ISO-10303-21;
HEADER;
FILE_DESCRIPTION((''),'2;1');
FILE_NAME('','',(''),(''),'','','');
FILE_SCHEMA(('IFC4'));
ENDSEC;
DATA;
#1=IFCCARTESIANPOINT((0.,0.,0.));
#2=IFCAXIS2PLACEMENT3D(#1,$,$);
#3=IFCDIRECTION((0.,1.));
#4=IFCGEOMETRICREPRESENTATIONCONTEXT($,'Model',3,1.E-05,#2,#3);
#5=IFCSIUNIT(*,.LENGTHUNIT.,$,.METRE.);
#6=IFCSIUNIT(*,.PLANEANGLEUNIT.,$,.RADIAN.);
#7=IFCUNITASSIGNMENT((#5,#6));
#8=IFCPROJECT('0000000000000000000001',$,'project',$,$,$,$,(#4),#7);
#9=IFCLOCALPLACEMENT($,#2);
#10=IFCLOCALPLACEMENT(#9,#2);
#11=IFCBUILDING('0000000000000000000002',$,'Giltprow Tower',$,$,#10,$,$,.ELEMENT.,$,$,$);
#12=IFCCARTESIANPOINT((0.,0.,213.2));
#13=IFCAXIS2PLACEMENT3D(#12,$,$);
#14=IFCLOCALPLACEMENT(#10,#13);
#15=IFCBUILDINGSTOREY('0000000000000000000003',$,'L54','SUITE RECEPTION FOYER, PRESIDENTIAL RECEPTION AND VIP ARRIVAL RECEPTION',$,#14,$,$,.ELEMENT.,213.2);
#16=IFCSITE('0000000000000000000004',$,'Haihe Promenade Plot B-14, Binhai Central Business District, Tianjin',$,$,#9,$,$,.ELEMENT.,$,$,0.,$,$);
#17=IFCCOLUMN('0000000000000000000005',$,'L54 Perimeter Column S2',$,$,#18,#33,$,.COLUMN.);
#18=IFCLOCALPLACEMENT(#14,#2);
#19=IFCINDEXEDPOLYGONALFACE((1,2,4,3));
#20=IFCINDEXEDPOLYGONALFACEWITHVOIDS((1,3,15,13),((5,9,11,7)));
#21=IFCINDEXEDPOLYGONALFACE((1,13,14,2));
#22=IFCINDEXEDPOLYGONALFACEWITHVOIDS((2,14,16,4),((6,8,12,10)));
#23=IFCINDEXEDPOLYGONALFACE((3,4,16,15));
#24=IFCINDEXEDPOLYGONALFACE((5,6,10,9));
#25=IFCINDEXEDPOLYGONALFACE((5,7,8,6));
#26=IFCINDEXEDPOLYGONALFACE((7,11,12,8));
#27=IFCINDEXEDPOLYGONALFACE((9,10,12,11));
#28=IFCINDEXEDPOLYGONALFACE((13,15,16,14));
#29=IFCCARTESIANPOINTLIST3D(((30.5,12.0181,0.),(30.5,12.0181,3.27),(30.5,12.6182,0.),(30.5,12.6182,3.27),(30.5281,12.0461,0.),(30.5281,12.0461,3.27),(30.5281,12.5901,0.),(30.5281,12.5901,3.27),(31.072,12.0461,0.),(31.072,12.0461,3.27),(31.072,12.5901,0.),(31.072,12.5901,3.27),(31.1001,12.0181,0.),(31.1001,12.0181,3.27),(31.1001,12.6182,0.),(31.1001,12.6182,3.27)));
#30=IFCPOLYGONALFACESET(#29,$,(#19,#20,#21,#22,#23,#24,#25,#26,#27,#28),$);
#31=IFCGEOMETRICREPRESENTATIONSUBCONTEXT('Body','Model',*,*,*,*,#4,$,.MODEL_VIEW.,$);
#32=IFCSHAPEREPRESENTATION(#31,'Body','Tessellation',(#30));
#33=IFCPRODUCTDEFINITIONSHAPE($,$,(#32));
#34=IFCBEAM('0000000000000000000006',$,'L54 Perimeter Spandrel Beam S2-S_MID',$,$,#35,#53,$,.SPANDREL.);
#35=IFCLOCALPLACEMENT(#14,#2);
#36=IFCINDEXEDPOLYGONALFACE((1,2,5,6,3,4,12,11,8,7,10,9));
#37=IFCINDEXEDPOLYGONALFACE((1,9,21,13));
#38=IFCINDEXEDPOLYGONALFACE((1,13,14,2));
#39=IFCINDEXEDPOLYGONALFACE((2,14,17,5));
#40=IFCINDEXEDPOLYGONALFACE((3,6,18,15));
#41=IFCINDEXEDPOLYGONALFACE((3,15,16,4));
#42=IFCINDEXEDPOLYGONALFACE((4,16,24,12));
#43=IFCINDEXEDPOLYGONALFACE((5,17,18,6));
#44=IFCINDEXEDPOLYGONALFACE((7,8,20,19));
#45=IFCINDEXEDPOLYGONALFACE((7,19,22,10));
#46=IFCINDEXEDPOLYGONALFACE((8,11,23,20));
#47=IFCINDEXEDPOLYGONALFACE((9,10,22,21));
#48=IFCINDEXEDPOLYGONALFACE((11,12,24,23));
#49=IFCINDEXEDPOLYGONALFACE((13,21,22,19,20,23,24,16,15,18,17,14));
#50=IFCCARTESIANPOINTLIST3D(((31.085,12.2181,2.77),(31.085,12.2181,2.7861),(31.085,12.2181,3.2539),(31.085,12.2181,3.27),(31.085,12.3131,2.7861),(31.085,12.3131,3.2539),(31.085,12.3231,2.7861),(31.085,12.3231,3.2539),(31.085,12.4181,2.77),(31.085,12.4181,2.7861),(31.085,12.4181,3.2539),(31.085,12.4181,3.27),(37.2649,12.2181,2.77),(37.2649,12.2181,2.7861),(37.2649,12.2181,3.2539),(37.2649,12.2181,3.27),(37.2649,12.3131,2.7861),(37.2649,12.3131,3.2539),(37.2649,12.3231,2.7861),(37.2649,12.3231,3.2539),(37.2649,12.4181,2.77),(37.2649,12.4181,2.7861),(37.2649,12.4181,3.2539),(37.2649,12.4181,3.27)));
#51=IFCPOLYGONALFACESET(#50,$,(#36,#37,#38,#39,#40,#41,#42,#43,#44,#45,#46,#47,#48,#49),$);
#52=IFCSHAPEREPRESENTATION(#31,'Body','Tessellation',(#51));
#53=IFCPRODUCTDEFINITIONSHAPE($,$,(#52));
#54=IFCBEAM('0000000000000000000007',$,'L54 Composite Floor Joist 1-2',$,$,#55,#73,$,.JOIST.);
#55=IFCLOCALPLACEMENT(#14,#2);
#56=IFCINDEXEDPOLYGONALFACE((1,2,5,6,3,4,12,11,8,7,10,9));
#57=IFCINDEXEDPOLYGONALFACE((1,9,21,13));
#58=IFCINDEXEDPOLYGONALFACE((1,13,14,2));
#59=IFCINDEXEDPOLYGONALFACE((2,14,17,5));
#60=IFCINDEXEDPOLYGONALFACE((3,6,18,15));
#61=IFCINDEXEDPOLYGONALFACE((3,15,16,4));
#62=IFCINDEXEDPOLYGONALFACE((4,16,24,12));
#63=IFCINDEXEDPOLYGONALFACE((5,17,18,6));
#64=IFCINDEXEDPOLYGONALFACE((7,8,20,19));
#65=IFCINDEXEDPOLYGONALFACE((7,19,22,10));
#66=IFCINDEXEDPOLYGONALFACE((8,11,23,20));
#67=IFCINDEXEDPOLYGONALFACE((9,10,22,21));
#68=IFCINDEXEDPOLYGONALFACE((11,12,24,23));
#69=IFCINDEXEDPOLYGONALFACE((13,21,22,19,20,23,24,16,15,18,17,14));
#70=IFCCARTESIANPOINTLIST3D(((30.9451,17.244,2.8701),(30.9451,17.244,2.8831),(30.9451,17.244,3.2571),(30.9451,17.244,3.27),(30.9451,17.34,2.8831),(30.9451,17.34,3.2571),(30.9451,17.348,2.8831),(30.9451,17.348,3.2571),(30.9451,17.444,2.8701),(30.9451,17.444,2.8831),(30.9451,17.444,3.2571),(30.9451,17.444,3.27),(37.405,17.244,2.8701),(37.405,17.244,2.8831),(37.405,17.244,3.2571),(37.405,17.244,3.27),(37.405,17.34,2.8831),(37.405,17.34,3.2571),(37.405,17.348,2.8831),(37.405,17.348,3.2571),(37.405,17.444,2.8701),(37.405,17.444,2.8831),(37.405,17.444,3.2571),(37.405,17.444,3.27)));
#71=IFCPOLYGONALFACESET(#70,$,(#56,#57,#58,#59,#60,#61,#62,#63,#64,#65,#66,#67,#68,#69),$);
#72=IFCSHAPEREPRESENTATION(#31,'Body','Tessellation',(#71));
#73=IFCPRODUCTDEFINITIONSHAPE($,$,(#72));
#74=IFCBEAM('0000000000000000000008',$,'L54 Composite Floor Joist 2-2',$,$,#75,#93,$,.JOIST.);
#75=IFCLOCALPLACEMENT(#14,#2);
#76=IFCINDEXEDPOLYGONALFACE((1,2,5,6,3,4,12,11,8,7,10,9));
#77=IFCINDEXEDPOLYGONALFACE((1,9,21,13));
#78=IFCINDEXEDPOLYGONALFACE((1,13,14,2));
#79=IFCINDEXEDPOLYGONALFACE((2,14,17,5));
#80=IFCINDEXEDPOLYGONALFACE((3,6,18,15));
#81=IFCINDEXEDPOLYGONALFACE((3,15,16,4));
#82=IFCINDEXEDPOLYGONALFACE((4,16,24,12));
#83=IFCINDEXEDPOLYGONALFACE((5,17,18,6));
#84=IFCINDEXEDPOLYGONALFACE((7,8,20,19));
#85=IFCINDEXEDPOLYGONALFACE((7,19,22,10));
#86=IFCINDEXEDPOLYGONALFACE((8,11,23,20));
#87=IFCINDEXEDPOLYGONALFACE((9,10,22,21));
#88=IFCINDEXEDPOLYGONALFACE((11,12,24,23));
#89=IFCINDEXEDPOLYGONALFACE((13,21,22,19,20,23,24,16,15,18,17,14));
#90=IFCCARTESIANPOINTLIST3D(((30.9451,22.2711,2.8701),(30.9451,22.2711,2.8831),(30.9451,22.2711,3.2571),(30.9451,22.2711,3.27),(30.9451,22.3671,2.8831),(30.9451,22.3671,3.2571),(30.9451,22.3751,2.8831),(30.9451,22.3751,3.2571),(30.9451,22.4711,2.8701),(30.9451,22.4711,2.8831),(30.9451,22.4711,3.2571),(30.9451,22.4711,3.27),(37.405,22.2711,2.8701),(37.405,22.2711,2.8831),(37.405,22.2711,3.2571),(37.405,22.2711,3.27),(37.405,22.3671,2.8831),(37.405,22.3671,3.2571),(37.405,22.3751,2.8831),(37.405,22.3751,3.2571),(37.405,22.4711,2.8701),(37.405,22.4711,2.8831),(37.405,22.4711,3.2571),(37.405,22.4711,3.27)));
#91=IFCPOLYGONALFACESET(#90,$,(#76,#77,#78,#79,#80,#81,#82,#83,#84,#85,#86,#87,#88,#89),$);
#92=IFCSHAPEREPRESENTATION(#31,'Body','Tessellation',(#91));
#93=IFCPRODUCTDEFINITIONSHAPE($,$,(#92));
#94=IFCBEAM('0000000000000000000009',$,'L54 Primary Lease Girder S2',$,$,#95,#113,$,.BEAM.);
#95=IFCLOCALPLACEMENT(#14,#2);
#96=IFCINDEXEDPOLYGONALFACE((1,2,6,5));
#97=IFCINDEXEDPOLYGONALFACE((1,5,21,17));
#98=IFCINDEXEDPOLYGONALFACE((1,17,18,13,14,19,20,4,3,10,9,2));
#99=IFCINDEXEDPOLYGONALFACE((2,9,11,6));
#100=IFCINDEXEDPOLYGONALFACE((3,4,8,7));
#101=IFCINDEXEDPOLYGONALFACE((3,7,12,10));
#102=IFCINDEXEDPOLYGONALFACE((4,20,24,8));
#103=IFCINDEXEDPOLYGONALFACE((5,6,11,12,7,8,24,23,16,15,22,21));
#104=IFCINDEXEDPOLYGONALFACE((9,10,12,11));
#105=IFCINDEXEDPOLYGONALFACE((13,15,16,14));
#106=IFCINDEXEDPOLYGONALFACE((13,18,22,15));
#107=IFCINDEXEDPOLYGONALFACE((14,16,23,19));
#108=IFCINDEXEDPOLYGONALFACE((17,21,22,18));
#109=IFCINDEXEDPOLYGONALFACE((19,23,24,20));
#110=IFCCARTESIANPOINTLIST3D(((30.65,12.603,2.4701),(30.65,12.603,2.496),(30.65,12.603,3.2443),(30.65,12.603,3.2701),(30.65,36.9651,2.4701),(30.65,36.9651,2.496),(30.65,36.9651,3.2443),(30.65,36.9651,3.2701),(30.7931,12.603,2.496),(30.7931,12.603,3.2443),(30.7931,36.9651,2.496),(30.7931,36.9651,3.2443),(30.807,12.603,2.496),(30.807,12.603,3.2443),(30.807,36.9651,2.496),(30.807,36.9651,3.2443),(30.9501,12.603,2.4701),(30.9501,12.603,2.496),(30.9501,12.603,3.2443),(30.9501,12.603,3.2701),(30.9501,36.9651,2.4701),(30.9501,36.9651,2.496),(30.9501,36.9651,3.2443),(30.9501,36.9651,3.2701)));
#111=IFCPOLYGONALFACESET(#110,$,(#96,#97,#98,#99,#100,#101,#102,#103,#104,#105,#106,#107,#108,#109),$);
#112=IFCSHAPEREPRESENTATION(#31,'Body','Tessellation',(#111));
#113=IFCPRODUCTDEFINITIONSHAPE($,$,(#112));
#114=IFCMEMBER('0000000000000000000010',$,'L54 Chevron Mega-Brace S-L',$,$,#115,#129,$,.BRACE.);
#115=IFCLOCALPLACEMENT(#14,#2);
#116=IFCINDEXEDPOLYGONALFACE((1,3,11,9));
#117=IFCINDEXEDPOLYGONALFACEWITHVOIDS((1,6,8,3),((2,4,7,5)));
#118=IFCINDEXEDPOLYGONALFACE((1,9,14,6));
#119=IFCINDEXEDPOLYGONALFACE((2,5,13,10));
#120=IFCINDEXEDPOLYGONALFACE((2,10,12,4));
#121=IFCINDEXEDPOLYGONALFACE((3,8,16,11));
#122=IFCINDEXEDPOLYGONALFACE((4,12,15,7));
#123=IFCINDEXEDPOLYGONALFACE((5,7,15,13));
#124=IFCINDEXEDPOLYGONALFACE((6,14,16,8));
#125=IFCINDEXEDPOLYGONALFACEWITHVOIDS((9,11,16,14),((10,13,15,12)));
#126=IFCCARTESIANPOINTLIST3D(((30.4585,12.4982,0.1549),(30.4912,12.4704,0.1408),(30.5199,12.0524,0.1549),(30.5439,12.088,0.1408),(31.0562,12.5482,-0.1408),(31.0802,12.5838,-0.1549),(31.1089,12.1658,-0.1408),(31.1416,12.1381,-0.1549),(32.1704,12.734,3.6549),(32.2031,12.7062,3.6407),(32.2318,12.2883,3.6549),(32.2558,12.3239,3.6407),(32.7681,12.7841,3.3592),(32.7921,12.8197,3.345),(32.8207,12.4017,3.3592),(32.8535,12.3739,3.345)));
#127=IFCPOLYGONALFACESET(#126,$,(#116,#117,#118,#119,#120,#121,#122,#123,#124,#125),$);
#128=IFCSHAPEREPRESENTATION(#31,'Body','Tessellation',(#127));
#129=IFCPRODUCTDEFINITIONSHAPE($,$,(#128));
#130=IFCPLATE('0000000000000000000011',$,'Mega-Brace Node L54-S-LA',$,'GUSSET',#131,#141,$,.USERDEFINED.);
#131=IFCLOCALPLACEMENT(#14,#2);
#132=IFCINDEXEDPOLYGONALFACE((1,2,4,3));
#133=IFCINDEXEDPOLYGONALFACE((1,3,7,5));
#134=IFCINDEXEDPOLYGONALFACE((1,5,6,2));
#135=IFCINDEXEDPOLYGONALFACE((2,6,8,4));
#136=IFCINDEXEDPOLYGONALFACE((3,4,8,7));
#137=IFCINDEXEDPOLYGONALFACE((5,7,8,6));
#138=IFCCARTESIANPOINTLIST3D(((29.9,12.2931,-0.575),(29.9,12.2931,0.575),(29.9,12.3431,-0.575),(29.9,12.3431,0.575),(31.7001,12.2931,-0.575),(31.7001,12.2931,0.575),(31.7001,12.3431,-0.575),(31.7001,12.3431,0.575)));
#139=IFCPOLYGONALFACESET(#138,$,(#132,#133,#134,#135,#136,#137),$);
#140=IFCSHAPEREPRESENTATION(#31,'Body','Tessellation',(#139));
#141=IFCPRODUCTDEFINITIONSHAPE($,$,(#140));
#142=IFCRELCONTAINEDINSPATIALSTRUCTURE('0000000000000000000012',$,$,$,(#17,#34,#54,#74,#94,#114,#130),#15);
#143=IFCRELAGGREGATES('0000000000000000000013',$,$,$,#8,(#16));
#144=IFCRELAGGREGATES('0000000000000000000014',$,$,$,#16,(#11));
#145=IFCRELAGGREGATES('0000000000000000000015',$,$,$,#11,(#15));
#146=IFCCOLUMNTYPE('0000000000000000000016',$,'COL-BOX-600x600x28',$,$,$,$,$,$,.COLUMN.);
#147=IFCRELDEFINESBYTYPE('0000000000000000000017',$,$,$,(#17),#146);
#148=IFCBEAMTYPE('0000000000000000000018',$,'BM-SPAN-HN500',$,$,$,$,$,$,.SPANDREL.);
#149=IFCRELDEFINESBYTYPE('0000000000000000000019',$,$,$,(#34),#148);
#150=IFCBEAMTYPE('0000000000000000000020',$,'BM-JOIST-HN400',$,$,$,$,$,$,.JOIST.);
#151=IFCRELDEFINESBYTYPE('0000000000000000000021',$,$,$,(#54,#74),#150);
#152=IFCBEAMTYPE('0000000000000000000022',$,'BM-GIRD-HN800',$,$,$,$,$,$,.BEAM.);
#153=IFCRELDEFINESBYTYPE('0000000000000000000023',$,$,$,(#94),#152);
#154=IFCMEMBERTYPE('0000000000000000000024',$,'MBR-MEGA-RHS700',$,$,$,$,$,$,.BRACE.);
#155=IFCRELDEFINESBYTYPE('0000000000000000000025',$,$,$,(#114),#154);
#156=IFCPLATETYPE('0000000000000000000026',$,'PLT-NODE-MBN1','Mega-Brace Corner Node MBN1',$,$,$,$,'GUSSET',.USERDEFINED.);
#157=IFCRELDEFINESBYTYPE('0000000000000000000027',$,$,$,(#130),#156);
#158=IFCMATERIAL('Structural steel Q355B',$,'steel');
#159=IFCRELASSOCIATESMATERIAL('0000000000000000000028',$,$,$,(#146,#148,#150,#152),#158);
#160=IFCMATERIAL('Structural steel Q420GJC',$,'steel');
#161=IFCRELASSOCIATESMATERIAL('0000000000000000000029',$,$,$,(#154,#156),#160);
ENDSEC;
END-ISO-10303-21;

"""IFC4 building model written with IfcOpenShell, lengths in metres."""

from ifc_helpers import new_model, si_unit, direction, frame, origin, origin_2d, place, context, subcontext, project, spatial, rectangle, hollow_rectangle, i_section, extrude, source, transform, mapped, material, material_profile, profile_set, type_object, element, save


model = new_model("IFC4")

# Units and contexts
model_context = context("Model", 3, precision=1e-05, world=origin(), true_north=direction((0.0, 1.0)))
body_context = subcontext(model_context, "Body", "Model", "MODEL_VIEW")
ifc_project = project(units=[si_unit("LENGTHUNIT", "METRE"), si_unit("PLANEANGLEUNIT", "RADIAN")], contexts=[model_context])

# Site, building, storey
site_placement = place(None, origin())
site = spatial("IfcSite", under=ifc_project, at=site_placement, Name="Haihe Promenade Plot B-14, Binhai Central Business District, Tianjin", CompositionType="ELEMENT", RefElevation=0.0)
building_placement = place(site_placement, origin())
building = spatial("IfcBuilding", under=site, at=building_placement, Name="Giltprow Tower", CompositionType="ELEMENT")
storey_placement = place(building_placement, frame((0.0, 0.0, 213.2)))
storey = spatial("IfcBuildingStorey", under=building, at=storey_placement, Name="L54", Description="SUITE RECEPTION FOYER, PRESIDENTIAL RECEPTION AND VIP ARRIVAL RECEPTION", CompositionType="ELEMENT", Elevation=213.2)

# Column
ifc_material_1 = material(Name="Structural steel Q355B", Category="steel")
ifc_material_profile_1 = material_profile(ifc_material_1, hollow_rectangle(XDim=0.6001, YDim=0.6001, WallThickness=0.0281, at=origin_2d()), Name="BOX 600x600x28")
ifc_profile_set_1 = profile_set([ifc_material_profile_1], Name="Structural steel Q355B")
column_type = type_object("IfcColumnType", Name="COL-BOX-600x600x28", PredefinedType="COLUMN", material=ifc_profile_set_1)
shared_shape_1 = source(origin(), body_context, "Body", "SweptSolid", [
    extrude(hollow_rectangle(XDim=0.6001, YDim=0.6001, WallThickness=0.0281, at=origin_2d()), origin(), (0.0, 0.0, 1.0), 3.27),
])
column_placement = place(storey_placement, frame((30.8, 12.3181, 0.0), z_axis=(0.0, 0.0, 1.0), x_axis=(1.0, 0.0, 0.0)))
element("IfcColumn", 1, at=column_placement, inside=storey, type_object=column_type, Name="L54 Perimeter Column S2", PredefinedType="COLUMN", context=body_context, shape_type="MappedRepresentation", body=[
    mapped(shared_shape_1, transform((0.0, 0.0, 0.0), x_axis=(1.0, 0.0, 0.0), y_axis=(0.0, 1.0, 0.0), z_axis=(0.0, 0.0, 1.0), scale=1.0)),
])

# Beams
ifc_material_profile_2 = material_profile(ifc_material_1, i_section(OverallWidth=0.2, OverallDepth=0.5, WebThickness=0.01, FlangeThickness=0.0161, at=origin_2d()), Name="HN 500x200x10x16")
ifc_profile_set_2 = profile_set([ifc_material_profile_2], Name="Structural steel Q355B")
beam_type_1 = type_object("IfcBeamType", Name="BM-SPAN-HN500", PredefinedType="SPANDREL", material=ifc_profile_set_2)
shared_shape_2 = source(origin(), body_context, "Body", "SweptSolid", [
    extrude(i_section(OverallWidth=0.2, OverallDepth=0.5, WebThickness=0.01, FlangeThickness=0.0161, at=origin_2d()), origin(), (0.0, 0.0, 1.0), 6.1799),
])
beam_1_placement = place(storey_placement, frame((31.085, 12.3181, 3.02), z_axis=(1.0, 0.0, 0.0), x_axis=(0.0, 1.0, 0.0)))
element("IfcBeam", 2, at=beam_1_placement, inside=storey, type_object=beam_type_1, Name="L54 Perimeter Spandrel Beam S2-S_MID", PredefinedType="SPANDREL", context=body_context, shape_type="MappedRepresentation", body=[
    mapped(shared_shape_2, transform((0.0, 0.0, 0.0), x_axis=(1.0, 0.0, 0.0), y_axis=(0.0, 1.0, 0.0), z_axis=(0.0, 0.0, 1.0), scale=1.0)),
])
ifc_material_profile_3 = material_profile(ifc_material_1, i_section(OverallWidth=0.2, OverallDepth=0.3999, WebThickness=0.0081, FlangeThickness=0.0129, at=origin_2d()), Name="HN 400x200x8x13")
ifc_profile_set_3 = profile_set([ifc_material_profile_3], Name="Structural steel Q355B")
beam_type_2 = type_object("IfcBeamType", Name="BM-JOIST-HN400", PredefinedType="JOIST", material=ifc_profile_set_3)
shared_shape_3 = source(origin(), body_context, "Body", "SweptSolid", [
    extrude(i_section(OverallWidth=0.2, OverallDepth=0.3999, WebThickness=0.0081, FlangeThickness=0.0129, at=origin_2d()), origin(), (0.0, 0.0, 1.0), 6.46),
])
for number, where, z_axis, x_axis, name in (
    (3, (30.9451, 17.344, 3.0701), (1.0, 0.0, 0.0), (0.0, 1.0, 0.0), "L54 Composite Floor Joist 1-2"),
    (4, (30.9451, 22.3711, 3.0701), (1.0, 0.0, 0.0), (0.0, 1.0, 0.0), "L54 Composite Floor Joist 2-2"),
):
    element("IfcBeam", number, at=place(storey_placement, frame(where, z_axis=z_axis, x_axis=x_axis)), inside=storey, type_object=beam_type_2, Name=name, PredefinedType="JOIST", context=body_context, shape_type="MappedRepresentation", body=[
        mapped(shared_shape_3, transform((0.0, 0.0, 0.0), x_axis=(1.0, 0.0, 0.0), y_axis=(0.0, 1.0, 0.0), z_axis=(0.0, 0.0, 1.0), scale=1.0)),
    ])
ifc_material_profile_4 = material_profile(ifc_material_1, i_section(OverallWidth=0.3, OverallDepth=0.8, WebThickness=0.0139, FlangeThickness=0.0259, at=origin_2d()), Name="HN 800x300x14x26")
ifc_profile_set_4 = profile_set([ifc_material_profile_4], Name="Structural steel Q355B")
beam_type_3 = type_object("IfcBeamType", Name="BM-GIRD-HN800", PredefinedType="BEAM", material=ifc_profile_set_4)
shared_shape_4 = source(origin(), body_context, "Body", "SweptSolid", [
    extrude(i_section(OverallWidth=0.3, OverallDepth=0.8, WebThickness=0.0139, FlangeThickness=0.0259, at=origin_2d()), origin(), (0.0, 0.0, 1.0), 24.3621),
])
beam_2_placement = place(storey_placement, frame((30.8, 12.603, 2.8701), z_axis=(0.0, 1.0, 0.0), x_axis=(-1.0, 0.0, 0.0)))
element("IfcBeam", 5, at=beam_2_placement, inside=storey, type_object=beam_type_3, Name="L54 Primary Lease Girder S2", PredefinedType="BEAM", context=body_context, shape_type="MappedRepresentation", body=[
    mapped(shared_shape_4, transform((0.0, 0.0, 0.0), x_axis=(1.0, 0.0, 0.0), y_axis=(0.0, 1.0, 0.0), z_axis=(0.0, 0.0, 1.0), scale=1.0)),
])

# Member
ifc_material_2 = material(Name="Structural steel Q420GJC", Category="steel")
ifc_material_profile_5 = material_profile(ifc_material_2, hollow_rectangle(XDim=0.45, YDim=0.7, WallThickness=0.032, at=origin_2d()), Name="RHS 700x450x32")
ifc_profile_set_5 = profile_set([ifc_material_profile_5], Name="Structural steel Q420GJC")
member_type = type_object("IfcMemberType", Name="MBR-MEGA-RHS700", PredefinedType="BRACE", material=ifc_profile_set_5)
shared_shape_5 = source(origin(), body_context, "Body", "SweptSolid", [
    extrude(hollow_rectangle(XDim=0.45, YDim=0.7, WallThickness=0.032, at=origin_2d()), origin(), (0.0, 0.0, 1.0), 3.9033),
])
member_placement = place(storey_placement, frame((30.8, 12.3181, 0.0), z_axis=(0.438574, 0.06042, 0.896662), x_axis=(-0.136475, 0.990644, 0.0)))
element("IfcMember", 6, at=member_placement, inside=storey, type_object=member_type, Name="L54 Chevron Mega-Brace S-L", PredefinedType="BRACE", context=body_context, shape_type="MappedRepresentation", body=[
    mapped(shared_shape_5, transform((0.0, 0.0, 0.0), x_axis=(1.0, 0.0, 0.0), y_axis=(0.0, 1.0, 0.0), z_axis=(0.0, 0.0, 1.0), scale=1.0)),
])

# Plate
plate_type = type_object("IfcPlateType", Name="PLT-NODE-MBN1", Description="Mega-Brace Corner Node MBN1", ElementType="GUSSET", PredefinedType="USERDEFINED", material=ifc_material_2)
shared_shape_6 = source(origin(), body_context, "Body", "SweptSolid", [
    extrude(rectangle(XDim=1.8, YDim=0.05, at=origin_2d()), origin(), (0.0, 0.0, 1.0), 1.1499),
])
plate_placement = place(storey_placement, frame((30.8, 12.3181, -0.575), z_axis=(0.0, 0.0, 1.0), x_axis=(1.0, 0.0, 0.0)))
element("IfcPlate", 7, at=plate_placement, inside=storey, type_object=plate_type, Name="Mega-Brace Node L54-S-LA", ObjectType="GUSSET", PredefinedType="USERDEFINED", context=body_context, shape_type="MappedRepresentation", body=[
    mapped(shared_shape_6, transform((0.0, 0.0, 0.0), x_axis=(1.0, 0.0, 0.0), y_axis=(0.0, 1.0, 0.0), z_axis=(0.0, 0.0, 1.0), scale=1.0)),
])

save(model, "model.ifc")
